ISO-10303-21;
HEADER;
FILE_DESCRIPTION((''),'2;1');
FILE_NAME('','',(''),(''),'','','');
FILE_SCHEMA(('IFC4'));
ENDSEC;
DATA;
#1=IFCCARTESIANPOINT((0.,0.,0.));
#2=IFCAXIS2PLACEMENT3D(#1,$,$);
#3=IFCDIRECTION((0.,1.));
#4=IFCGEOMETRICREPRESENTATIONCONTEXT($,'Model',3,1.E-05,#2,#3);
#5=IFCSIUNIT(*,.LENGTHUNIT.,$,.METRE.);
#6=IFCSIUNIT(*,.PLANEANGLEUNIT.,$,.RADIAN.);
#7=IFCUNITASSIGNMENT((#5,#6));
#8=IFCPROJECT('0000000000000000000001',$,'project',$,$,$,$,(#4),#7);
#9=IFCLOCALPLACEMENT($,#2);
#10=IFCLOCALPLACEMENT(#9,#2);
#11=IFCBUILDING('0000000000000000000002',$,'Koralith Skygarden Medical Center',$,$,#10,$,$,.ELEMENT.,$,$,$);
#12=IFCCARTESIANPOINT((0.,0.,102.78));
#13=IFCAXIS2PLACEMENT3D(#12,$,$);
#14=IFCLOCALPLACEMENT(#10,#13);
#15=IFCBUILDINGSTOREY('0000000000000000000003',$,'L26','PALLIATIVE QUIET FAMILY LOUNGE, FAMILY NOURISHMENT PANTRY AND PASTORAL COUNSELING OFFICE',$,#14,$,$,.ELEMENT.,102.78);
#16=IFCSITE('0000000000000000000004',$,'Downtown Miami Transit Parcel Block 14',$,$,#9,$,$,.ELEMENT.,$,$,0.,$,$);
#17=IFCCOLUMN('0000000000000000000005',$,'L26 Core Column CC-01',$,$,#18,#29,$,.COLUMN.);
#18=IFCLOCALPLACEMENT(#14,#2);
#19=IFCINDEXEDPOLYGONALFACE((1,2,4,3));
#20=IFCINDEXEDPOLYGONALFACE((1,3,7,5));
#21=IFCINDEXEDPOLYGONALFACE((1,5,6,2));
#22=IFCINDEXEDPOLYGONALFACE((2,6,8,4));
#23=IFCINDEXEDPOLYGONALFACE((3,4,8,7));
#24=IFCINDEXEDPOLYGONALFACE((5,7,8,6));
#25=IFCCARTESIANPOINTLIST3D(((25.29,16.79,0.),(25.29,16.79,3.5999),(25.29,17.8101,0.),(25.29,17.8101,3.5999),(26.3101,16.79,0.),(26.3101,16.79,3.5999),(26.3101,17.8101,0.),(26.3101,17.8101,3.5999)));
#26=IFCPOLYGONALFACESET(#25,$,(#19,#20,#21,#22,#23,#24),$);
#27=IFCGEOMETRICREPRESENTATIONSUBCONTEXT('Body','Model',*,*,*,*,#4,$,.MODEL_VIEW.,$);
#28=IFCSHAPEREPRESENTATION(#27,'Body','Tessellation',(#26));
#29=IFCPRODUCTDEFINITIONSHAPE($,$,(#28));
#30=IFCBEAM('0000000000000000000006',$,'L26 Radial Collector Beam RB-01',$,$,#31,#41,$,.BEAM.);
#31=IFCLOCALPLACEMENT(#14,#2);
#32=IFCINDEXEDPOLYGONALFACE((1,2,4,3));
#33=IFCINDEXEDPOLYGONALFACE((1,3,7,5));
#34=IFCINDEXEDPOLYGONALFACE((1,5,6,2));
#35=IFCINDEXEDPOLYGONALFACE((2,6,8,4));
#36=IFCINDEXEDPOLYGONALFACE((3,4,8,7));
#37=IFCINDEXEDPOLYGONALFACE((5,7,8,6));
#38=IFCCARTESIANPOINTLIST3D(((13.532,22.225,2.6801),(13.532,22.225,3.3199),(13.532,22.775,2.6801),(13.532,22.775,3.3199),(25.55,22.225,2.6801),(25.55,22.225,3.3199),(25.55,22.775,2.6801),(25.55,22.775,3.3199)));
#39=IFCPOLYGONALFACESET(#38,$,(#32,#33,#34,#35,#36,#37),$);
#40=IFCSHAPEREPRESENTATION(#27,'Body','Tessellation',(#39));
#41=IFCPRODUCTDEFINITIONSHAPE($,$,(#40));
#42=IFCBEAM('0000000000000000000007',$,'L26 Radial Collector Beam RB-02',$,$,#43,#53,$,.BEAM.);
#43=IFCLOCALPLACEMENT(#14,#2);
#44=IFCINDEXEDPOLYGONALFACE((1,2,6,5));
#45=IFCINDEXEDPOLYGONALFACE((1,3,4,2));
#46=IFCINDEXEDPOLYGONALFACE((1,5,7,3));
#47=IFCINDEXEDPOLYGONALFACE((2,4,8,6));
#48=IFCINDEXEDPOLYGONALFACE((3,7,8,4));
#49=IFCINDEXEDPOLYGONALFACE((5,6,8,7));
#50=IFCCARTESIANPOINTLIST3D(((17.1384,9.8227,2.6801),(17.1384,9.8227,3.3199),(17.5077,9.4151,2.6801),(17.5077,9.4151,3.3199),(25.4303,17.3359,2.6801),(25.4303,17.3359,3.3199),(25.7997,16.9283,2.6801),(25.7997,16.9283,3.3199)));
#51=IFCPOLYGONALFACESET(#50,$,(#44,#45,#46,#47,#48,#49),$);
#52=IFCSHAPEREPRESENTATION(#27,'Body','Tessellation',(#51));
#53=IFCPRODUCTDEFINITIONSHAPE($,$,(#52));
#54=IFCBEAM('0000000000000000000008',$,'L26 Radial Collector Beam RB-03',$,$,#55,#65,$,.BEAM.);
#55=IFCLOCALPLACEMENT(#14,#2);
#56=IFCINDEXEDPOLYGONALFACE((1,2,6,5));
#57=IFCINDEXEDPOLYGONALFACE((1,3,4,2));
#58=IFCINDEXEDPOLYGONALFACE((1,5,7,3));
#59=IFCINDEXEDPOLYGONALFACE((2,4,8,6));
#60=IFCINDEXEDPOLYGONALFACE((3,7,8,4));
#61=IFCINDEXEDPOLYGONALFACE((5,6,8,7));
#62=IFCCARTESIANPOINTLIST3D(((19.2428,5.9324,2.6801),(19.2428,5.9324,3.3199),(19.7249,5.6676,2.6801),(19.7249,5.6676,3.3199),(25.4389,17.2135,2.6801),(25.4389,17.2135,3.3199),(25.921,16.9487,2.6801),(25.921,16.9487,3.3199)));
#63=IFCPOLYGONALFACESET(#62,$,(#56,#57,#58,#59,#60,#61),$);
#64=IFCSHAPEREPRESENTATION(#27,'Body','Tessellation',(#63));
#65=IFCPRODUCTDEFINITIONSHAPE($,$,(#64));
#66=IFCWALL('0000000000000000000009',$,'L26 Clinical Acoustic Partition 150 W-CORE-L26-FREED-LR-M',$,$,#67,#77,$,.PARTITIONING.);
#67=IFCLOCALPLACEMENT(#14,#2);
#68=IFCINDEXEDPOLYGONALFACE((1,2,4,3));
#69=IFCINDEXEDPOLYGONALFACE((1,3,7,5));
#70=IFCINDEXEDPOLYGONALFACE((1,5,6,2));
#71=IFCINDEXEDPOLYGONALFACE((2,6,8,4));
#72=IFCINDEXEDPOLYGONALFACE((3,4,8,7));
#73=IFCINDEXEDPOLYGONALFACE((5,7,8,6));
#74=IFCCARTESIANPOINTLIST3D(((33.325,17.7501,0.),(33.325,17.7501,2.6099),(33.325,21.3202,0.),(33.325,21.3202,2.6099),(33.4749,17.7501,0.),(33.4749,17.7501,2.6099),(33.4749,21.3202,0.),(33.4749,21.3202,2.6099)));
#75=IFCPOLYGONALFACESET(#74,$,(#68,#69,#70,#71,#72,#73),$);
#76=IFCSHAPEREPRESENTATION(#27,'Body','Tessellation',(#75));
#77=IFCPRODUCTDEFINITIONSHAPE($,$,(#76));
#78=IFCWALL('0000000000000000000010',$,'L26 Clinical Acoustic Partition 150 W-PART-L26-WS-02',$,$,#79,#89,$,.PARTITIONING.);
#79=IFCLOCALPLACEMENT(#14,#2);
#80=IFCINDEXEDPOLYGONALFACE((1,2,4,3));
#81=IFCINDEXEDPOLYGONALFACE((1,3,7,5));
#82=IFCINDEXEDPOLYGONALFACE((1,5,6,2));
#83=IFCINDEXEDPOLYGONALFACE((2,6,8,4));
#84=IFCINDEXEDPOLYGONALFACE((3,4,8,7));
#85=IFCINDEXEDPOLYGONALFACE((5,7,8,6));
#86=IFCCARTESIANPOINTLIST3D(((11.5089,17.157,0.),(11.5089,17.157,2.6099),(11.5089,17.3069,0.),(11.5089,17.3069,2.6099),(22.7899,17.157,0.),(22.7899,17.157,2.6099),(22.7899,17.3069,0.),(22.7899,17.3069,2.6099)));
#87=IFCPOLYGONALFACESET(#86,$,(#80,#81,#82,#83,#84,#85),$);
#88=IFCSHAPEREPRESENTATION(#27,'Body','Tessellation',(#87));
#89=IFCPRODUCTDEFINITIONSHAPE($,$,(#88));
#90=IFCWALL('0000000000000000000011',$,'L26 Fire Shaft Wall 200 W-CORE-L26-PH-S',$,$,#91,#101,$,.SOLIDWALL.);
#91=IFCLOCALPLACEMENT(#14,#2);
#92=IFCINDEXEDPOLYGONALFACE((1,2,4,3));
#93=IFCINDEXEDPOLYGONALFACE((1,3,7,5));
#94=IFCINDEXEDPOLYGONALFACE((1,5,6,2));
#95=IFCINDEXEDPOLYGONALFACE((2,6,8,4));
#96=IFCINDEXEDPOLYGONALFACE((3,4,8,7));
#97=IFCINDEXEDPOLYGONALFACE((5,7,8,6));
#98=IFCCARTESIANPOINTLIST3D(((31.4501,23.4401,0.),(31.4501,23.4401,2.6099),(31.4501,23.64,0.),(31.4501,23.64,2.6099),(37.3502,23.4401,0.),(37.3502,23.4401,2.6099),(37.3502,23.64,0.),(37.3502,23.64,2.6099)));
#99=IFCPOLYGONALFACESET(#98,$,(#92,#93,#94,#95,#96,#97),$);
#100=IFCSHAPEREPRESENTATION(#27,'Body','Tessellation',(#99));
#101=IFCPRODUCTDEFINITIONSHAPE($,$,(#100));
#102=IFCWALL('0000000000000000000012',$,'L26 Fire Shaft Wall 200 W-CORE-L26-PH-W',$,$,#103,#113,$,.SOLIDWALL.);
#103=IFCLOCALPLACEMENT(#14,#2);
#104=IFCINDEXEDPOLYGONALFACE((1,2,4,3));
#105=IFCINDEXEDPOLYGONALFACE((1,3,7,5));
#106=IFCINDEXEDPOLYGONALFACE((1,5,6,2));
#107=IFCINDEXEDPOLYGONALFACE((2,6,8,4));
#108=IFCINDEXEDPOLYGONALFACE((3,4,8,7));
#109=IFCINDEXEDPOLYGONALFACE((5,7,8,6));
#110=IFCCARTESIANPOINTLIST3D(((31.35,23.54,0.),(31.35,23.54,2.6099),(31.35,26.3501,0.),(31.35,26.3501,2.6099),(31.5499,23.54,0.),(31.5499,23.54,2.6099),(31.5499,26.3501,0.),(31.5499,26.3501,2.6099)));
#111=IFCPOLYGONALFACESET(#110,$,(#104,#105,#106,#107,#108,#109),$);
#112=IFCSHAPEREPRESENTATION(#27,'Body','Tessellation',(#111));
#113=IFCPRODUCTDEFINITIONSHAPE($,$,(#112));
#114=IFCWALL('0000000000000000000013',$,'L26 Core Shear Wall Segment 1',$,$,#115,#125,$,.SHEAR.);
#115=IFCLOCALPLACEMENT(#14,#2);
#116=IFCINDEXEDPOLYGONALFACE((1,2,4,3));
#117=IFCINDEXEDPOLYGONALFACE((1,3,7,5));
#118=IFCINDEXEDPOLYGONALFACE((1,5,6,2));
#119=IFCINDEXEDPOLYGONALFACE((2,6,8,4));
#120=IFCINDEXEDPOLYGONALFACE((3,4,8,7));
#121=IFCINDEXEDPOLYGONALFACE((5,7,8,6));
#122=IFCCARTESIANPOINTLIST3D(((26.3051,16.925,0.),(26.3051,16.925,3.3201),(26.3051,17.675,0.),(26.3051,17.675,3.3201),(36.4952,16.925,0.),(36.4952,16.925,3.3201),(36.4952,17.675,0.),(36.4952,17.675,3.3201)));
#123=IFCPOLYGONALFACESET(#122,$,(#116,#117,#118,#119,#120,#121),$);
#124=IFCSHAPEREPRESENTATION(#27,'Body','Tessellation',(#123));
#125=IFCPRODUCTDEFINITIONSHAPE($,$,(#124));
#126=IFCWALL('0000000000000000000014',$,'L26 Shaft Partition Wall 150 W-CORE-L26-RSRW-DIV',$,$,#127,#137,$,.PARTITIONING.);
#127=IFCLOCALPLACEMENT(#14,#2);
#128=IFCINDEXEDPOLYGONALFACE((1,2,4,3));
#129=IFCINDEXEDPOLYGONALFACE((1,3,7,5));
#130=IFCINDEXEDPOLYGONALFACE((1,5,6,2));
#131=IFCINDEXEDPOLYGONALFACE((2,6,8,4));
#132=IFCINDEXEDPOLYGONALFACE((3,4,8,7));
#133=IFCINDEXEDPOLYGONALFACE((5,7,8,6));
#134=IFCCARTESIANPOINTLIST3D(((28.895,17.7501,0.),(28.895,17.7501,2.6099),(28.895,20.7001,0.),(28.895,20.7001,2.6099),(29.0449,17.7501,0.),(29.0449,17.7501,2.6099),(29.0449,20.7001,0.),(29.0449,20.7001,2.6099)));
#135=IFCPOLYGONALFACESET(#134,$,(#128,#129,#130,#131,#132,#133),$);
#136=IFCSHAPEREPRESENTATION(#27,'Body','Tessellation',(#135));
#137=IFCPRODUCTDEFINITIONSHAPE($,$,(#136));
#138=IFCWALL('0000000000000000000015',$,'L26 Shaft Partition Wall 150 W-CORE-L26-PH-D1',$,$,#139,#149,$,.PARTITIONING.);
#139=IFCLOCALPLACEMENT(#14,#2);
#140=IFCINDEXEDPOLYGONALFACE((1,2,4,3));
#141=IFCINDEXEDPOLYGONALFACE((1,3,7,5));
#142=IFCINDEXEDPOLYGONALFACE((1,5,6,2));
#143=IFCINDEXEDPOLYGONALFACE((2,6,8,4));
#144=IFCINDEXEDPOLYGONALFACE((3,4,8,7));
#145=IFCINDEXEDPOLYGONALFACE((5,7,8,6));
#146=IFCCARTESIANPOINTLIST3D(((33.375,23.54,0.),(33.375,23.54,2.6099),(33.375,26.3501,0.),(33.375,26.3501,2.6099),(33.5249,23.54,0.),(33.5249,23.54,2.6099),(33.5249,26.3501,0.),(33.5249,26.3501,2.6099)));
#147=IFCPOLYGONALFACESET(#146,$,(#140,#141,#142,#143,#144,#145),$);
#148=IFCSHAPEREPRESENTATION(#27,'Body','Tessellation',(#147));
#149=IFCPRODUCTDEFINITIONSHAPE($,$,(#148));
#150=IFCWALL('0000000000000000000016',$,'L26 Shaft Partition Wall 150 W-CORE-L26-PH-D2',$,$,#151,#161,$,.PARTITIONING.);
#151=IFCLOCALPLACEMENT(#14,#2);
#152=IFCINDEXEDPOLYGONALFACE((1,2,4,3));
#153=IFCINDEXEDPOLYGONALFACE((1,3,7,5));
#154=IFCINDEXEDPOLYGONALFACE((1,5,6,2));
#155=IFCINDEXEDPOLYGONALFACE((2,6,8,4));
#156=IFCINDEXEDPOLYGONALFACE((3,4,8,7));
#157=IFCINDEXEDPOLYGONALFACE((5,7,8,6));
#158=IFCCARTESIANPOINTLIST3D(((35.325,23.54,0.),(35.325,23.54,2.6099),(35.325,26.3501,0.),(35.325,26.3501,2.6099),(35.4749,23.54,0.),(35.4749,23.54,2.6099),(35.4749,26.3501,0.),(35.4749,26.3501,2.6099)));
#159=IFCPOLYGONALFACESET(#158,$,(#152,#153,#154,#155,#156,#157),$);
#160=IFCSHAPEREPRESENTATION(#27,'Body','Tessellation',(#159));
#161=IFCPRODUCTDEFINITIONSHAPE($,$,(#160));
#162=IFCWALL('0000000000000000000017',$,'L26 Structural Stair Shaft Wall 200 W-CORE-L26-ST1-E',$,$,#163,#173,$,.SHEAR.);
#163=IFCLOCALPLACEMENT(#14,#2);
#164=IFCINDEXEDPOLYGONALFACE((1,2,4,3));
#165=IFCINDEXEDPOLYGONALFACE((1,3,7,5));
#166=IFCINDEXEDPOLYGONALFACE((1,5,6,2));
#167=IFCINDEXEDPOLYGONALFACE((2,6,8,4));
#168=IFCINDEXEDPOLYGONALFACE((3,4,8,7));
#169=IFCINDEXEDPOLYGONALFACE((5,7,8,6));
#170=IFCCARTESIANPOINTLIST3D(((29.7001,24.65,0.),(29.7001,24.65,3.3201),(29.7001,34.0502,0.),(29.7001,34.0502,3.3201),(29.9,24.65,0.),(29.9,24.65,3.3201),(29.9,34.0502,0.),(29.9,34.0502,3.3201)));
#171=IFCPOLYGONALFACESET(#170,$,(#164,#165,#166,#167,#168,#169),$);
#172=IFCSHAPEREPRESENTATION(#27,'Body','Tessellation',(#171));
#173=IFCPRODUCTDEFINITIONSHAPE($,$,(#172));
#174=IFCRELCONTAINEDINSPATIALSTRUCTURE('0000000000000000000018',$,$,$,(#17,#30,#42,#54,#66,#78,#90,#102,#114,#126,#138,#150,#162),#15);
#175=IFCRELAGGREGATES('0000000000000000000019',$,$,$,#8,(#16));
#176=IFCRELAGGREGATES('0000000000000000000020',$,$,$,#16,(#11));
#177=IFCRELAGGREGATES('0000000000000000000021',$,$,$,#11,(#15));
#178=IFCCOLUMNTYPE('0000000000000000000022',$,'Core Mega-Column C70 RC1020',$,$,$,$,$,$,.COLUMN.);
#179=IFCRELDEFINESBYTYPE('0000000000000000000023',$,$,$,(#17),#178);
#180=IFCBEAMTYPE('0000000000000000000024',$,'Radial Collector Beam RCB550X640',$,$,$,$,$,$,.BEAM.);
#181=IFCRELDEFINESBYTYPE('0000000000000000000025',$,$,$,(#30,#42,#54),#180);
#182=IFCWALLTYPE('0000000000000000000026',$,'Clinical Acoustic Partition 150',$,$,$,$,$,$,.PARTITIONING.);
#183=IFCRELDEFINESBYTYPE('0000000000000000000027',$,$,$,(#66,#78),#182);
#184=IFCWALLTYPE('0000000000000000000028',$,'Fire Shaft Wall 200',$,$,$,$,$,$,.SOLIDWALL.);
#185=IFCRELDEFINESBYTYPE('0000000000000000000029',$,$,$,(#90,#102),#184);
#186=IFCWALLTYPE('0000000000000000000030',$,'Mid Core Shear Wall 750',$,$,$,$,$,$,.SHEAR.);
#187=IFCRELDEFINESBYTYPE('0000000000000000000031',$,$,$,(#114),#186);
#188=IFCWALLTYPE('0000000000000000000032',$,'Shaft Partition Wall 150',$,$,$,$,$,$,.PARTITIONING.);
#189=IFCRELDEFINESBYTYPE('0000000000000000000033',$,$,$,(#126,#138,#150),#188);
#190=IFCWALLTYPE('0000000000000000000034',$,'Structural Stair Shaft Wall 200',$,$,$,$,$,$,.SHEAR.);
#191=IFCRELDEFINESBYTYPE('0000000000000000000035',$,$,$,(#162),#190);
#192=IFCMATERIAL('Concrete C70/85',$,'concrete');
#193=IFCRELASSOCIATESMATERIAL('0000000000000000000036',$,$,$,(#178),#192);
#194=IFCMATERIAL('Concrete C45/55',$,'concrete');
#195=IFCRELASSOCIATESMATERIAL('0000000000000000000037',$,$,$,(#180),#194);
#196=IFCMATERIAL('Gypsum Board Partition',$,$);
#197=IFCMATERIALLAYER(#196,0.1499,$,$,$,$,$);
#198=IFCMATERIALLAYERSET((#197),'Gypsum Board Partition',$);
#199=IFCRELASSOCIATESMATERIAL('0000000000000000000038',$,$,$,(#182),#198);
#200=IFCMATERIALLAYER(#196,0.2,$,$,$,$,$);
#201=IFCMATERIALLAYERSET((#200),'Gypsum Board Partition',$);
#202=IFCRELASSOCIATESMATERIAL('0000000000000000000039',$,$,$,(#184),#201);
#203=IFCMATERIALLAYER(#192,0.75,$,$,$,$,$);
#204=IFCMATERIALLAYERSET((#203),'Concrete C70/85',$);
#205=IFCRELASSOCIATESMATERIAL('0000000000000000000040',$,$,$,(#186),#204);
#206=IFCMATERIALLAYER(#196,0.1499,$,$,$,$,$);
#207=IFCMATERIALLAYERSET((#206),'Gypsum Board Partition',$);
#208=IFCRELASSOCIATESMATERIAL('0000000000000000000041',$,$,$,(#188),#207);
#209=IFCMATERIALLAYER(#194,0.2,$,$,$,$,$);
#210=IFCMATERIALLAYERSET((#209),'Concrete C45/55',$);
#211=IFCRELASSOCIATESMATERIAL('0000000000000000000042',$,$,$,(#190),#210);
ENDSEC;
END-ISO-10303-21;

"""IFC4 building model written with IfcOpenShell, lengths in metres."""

from ifc_helpers import new_model, si_unit, direction, frame, frame_2d, origin, origin_2d, place, context, subcontext, project, spatial, rectangle, extrude, material, layer, layer_set, material_profile, profile_set, type_object, element, save


model = new_model("IFC4")

# Units and contexts
model_context = context("Model", 3, precision=1e-05, world=origin(), true_north=direction((0.0, 1.0)))
body_context = subcontext(model_context, "Body", "Model", "MODEL_VIEW")
ifc_project = project(units=[si_unit("LENGTHUNIT", "METRE"), si_unit("PLANEANGLEUNIT", "RADIAN")], contexts=[model_context])

# Site, building, storey
site_placement = place(None, origin())
site = spatial("IfcSite", under=ifc_project, at=site_placement, Name="Downtown Miami Transit Parcel Block 14", CompositionType="ELEMENT", RefElevation=0.0)
building_placement = place(site_placement, origin())
building = spatial("IfcBuilding", under=site, at=building_placement, Name="Koralith Skygarden Medical Center", CompositionType="ELEMENT")
storey_placement = place(building_placement, frame((0.0, 0.0, 102.78)))
storey = spatial("IfcBuildingStorey", under=building, at=storey_placement, Name="L26", Description="PALLIATIVE QUIET FAMILY LOUNGE, FAMILY NOURISHMENT PANTRY AND PASTORAL COUNSELING OFFICE", CompositionType="ELEMENT", Elevation=102.78)

# Column
ifc_material_1 = material(Name="Concrete C70/85", Category="concrete")
ifc_material_profile_1 = material_profile(ifc_material_1, rectangle(XDim=1.02, YDim=1.02, at=origin_2d()), Name="RC1020X1020")
ifc_profile_set_1 = profile_set([ifc_material_profile_1], Name="Concrete C70/85")
column_type = type_object("IfcColumnType", Name="Core Mega-Column C70 RC1020", PredefinedType="COLUMN", material=ifc_profile_set_1)
column_placement = place(storey_placement, frame((25.8, 17.3, 0.0), z_axis=(0.0, 0.0, 1.0), x_axis=(1.0, 0.0, 0.0)))
element("IfcColumn", 1, at=column_placement, inside=storey, type_object=column_type, Name="L26 Core Column CC-01", PredefinedType="COLUMN", context=body_context, shape_type="SweptSolid", body=[
    extrude(rectangle(XDim=1.02, YDim=1.02, at=origin_2d()), origin(), (0.0, 0.0, 1.0), 3.5999),
])

# Beams
ifc_material_2 = material(Name="Concrete C45/55", Category="concrete")
ifc_material_profile_2 = material_profile(ifc_material_2, rectangle(XDim=0.55, YDim=0.6399, at=origin_2d()), Name="RCB550X640")
ifc_profile_set_2 = profile_set([ifc_material_profile_2], Name="Concrete C45/55")
beam_type = type_object("IfcBeamType", Name="Radial Collector Beam RCB550X640", PredefinedType="BEAM", material=ifc_profile_set_2)
beam_1_placement = place(storey_placement, frame((25.55, 22.5, 3.0), z_axis=(-1.0, 0.0, 0.0), x_axis=(0.0, -1.0, 0.0)))
element("IfcBeam", 2, at=beam_1_placement, inside=storey, type_object=beam_type, Name="L26 Radial Collector Beam RB-01", PredefinedType="BEAM", context=body_context, shape_type="SweptSolid", body=[
    extrude(rectangle(XDim=0.55, YDim=0.6399, at=origin_2d()), origin(), (0.0, 0.0, 1.0), 12.0181),
])
beam_2_placement = place(storey_placement, frame((25.615, 17.1321, 3.0), z_axis=(-0.741051, -0.671449, 0.0), x_axis=(0.671449, -0.741051, 0.0)))
element("IfcBeam", 3, at=beam_2_placement, inside=storey, type_object=beam_type, Name="L26 Radial Collector Beam RB-02", PredefinedType="BEAM", context=body_context, shape_type="SweptSolid", body=[
    extrude(rectangle(XDim=0.55, YDim=0.6399, at=origin_2d()), origin(), (0.0, 0.0, 1.0), 11.1895),
])
beam_3_placement = place(storey_placement, frame((25.6799, 17.0811, 3.0), z_axis=(-0.481411, -0.876495, 0.0), x_axis=(0.876495, -0.481411, 0.0)))
element("IfcBeam", 4, at=beam_3_placement, inside=storey, type_object=beam_type, Name="L26 Radial Collector Beam RB-03", PredefinedType="BEAM", context=body_context, shape_type="SweptSolid", body=[
    extrude(rectangle(XDim=0.55, YDim=0.6399, at=origin_2d()), origin(), (0.0, 0.0, 1.0), 12.8706),
])

# Shared definitions
ifc_material_3 = material(Name="Gypsum Board Partition")
ifc_layer_1 = layer(ifc_material_3, 0.1499)
ifc_layer_set_1 = layer_set([ifc_layer_1], Name="Gypsum Board Partition")
wall_type_1 = type_object("IfcWallType", Name="Clinical Acoustic Partition 150", PredefinedType="PARTITIONING", material=ifc_layer_set_1)

# Walls
wall_1_placement = place(storey_placement, frame((33.3999, 17.75, 0.0), z_axis=(0.0, 0.0, 1.0), x_axis=(0.0, 1.0, 0.0)))
element("IfcWall", 5, at=wall_1_placement, inside=storey, type_object=wall_type_1, Name="L26 Clinical Acoustic Partition 150 W-CORE-L26-FREED-LR-M", PredefinedType="PARTITIONING", context=body_context, shape_type="SweptSolid", body=[
    extrude(rectangle(XDim=3.5701, YDim=0.1499, at=frame_2d((1.7852, 0.0))), origin(), (0.0, 0.0, 1.0), 2.6099),
])
wall_2_placement = place(storey_placement, frame((22.79, 17.2319, 0.0), z_axis=(0.0, 0.0, 1.0), x_axis=(-1.0, 0.0, 0.0)))
element("IfcWall", 6, at=wall_2_placement, inside=storey, type_object=wall_type_1, Name="L26 Clinical Acoustic Partition 150 W-PART-L26-WS-02", PredefinedType="PARTITIONING", context=body_context, shape_type="SweptSolid", body=[
    extrude(rectangle(XDim=11.281, YDim=0.1499, at=frame_2d((5.6406, 0.0))), origin(), (0.0, 0.0, 1.0), 2.6099),
])

# Shared definitions
ifc_layer_2 = layer(ifc_material_3, 0.2)
ifc_layer_set_2 = layer_set([ifc_layer_2], Name="Gypsum Board Partition")
wall_type_2 = type_object("IfcWallType", Name="Fire Shaft Wall 200", PredefinedType="SOLIDWALL", material=ifc_layer_set_2)

# Walls
wall_3_placement = place(storey_placement, frame((31.45, 23.54, 0.0), z_axis=(0.0, 0.0, 1.0), x_axis=(1.0, 0.0, 0.0)))
element("IfcWall", 7, at=wall_3_placement, inside=storey, type_object=wall_type_2, Name="L26 Fire Shaft Wall 200 W-CORE-L26-PH-S", PredefinedType="SOLIDWALL", context=body_context, shape_type="SweptSolid", body=[
    extrude(rectangle(XDim=5.9001, YDim=0.2, at=frame_2d((2.9502, 0.0))), origin(), (0.0, 0.0, 1.0), 2.6099),
])
wall_4_placement = place(storey_placement, frame((31.45, 23.54, 0.0), z_axis=(0.0, 0.0, 1.0), x_axis=(0.0, 1.0, 0.0)))
element("IfcWall", 8, at=wall_4_placement, inside=storey, type_object=wall_type_2, Name="L26 Fire Shaft Wall 200 W-CORE-L26-PH-W", PredefinedType="SOLIDWALL", context=body_context, shape_type="SweptSolid", body=[
    extrude(rectangle(XDim=2.8101, YDim=0.2, at=frame_2d((1.405, 0.0))), origin(), (0.0, 0.0, 1.0), 2.6099),
])
ifc_layer_3 = layer(ifc_material_1, 0.75)
ifc_layer_set_3 = layer_set([ifc_layer_3], Name="Concrete C70/85")
wall_type_3 = type_object("IfcWallType", Name="Mid Core Shear Wall 750", PredefinedType="SHEAR", material=ifc_layer_set_3)
wall_5_placement = place(storey_placement, frame((26.3049, 17.3, 0.0), z_axis=(0.0, 0.0, 1.0), x_axis=(1.0, 0.0, 0.0)))
element("IfcWall", 9, at=wall_5_placement, inside=storey, type_object=wall_type_3, Name="L26 Core Shear Wall Segment 1", PredefinedType="SHEAR", context=body_context, shape_type="SweptSolid", body=[
    extrude(rectangle(XDim=10.1902, YDim=0.75, at=frame_2d((5.0952, 0.0))), origin(), (0.0, 0.0, 1.0), 3.3201),
])
ifc_layer_4 = layer(ifc_material_3, 0.1499)
ifc_layer_set_4 = layer_set([ifc_layer_4], Name="Gypsum Board Partition")
wall_type_4 = type_object("IfcWallType", Name="Shaft Partition Wall 150", PredefinedType="PARTITIONING", material=ifc_layer_set_4)
wall_6_placement = place(storey_placement, frame((28.97, 17.75, 0.0), z_axis=(0.0, 0.0, 1.0), x_axis=(0.0, 1.0, 0.0)))
element("IfcWall", 10, at=wall_6_placement, inside=storey, type_object=wall_type_4, Name="L26 Shaft Partition Wall 150 W-CORE-L26-RSRW-DIV", PredefinedType="PARTITIONING", context=body_context, shape_type="SweptSolid", body=[
    extrude(rectangle(XDim=2.95, YDim=0.1499, at=frame_2d((1.4751, 0.0))), origin(), (0.0, 0.0, 1.0), 2.6099),
])
for number, where, z_axis, x_axis, name in (
    (11, (33.45, 23.54, 0.0), (0.0, 0.0, 1.0), (0.0, 1.0, 0.0), "L26 Shaft Partition Wall 150 W-CORE-L26-PH-D1"),
    (12, (35.3999, 23.54, 0.0), (0.0, 0.0, 1.0), (0.0, 1.0, 0.0), "L26 Shaft Partition Wall 150 W-CORE-L26-PH-D2"),
):
    element("IfcWall", number, at=place(storey_placement, frame(where, z_axis=z_axis, x_axis=x_axis)), inside=storey, type_object=wall_type_4, Name=name, PredefinedType="PARTITIONING", context=body_context, shape_type="SweptSolid", body=[
        extrude(rectangle(XDim=2.8101, YDim=0.1499, at=frame_2d((1.405, 0.0))), origin(), (0.0, 0.0, 1.0), 2.6099),
    ])
ifc_layer_5 = layer(ifc_material_2, 0.2)
ifc_layer_set_5 = layer_set([ifc_layer_5], Name="Concrete C45/55")
wall_type_5 = type_object("IfcWallType", Name="Structural Stair Shaft Wall 200", PredefinedType="SHEAR", material=ifc_layer_set_5)
wall_7_placement = place(storey_placement, frame((29.8, 24.6499, 0.0), z_axis=(0.0, 0.0, 1.0), x_axis=(0.0, 1.0, 0.0)))
element("IfcWall", 13, at=wall_7_placement, inside=storey, type_object=wall_type_5, Name="L26 Structural Stair Shaft Wall 200 W-CORE-L26-ST1-E", PredefinedType="SHEAR", context=body_context, shape_type="SweptSolid", body=[
    extrude(rectangle(XDim=9.4001, YDim=0.2, at=frame_2d((4.7002, 0.0))), origin(), (0.0, 0.0, 1.0), 3.3201),
])

save(model, "model.ifc")
